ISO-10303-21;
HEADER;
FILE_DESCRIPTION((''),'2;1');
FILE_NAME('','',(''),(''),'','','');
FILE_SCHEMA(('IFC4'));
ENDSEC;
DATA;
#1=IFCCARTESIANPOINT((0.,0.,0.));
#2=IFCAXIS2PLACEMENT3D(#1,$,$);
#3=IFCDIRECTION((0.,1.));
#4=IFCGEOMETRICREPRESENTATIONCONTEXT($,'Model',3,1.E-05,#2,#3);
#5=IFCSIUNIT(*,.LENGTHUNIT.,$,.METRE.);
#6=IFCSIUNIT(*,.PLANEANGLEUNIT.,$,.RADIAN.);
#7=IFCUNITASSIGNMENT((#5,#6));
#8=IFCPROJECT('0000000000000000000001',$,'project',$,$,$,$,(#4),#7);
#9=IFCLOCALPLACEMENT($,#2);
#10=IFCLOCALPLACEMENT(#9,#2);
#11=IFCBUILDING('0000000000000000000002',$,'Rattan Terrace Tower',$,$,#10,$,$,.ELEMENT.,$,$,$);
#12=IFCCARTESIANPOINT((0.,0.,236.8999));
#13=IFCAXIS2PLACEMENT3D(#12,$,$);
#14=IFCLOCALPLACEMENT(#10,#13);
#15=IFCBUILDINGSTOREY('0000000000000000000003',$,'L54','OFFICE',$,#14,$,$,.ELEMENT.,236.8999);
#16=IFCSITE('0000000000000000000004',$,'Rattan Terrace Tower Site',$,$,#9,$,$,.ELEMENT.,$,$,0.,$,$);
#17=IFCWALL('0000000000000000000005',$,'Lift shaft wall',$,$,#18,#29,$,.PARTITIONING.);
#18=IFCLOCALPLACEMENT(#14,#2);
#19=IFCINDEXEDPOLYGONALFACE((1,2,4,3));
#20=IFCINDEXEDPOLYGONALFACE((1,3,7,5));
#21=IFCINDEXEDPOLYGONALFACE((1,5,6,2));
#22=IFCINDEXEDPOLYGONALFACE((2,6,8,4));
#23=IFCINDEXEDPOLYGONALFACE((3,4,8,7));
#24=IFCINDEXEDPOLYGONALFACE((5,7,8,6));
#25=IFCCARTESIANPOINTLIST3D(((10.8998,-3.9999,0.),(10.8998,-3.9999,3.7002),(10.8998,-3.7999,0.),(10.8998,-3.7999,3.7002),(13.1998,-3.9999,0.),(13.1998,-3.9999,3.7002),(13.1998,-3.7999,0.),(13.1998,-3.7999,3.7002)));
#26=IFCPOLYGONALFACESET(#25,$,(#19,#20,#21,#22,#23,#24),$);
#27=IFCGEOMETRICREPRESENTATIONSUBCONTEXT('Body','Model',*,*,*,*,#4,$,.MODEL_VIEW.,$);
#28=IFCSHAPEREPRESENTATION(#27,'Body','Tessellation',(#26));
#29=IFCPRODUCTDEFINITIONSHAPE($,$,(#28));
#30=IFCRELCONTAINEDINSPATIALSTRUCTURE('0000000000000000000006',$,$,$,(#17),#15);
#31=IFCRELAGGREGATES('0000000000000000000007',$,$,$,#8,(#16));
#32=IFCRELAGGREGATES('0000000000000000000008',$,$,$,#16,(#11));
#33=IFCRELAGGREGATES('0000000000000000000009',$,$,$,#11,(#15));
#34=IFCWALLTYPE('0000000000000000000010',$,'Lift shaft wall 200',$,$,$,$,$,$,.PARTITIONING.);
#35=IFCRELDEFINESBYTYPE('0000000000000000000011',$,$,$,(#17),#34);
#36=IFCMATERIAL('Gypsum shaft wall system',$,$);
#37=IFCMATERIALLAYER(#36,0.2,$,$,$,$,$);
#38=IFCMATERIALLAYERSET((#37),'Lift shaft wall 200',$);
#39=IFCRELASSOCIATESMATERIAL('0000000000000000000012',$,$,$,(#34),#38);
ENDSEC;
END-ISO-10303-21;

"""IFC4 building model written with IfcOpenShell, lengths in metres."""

from ifc_helpers import new_model, si_unit, direction, frame, frame_2d, origin, place, context, subcontext, project, spatial, rectangle, extrude, material, layer, layer_set, type_object, element, save


model = new_model("IFC4")

# Units and contexts
model_context = context("Model", 3, precision=1e-05, world=origin(), true_north=direction((0.0, 1.0)))
body_context = subcontext(model_context, "Body", "Model", "MODEL_VIEW")
ifc_project = project(units=[si_unit("LENGTHUNIT", "METRE"), si_unit("PLANEANGLEUNIT", "RADIAN")], contexts=[model_context])

# Site, building, storey
site_placement = place(None, origin())
site = spatial("IfcSite", under=ifc_project, at=site_placement, Name="Rattan Terrace Tower Site", CompositionType="ELEMENT", RefElevation=0.0)
building_placement = place(site_placement, origin())
building = spatial("IfcBuilding", under=site, at=building_placement, Name="Rattan Terrace Tower", CompositionType="ELEMENT")
storey_placement = place(building_placement, frame((0.0, 0.0, 236.8999)))
storey = spatial("IfcBuildingStorey", under=building, at=storey_placement, Name="L54", Description="OFFICE", CompositionType="ELEMENT", Elevation=236.8999)

# Shared definitions
ifc_material_1 = material(Name="Gypsum shaft wall system")
ifc_layer_1 = layer(ifc_material_1, 0.2)
ifc_layer_set_1 = layer_set([ifc_layer_1], Name="Lift shaft wall 200")
wall_type_1 = type_object("IfcWallType", Name="Lift shaft wall 200", PredefinedType="PARTITIONING", material=ifc_layer_set_1)

# Wall
wall_1_placement = place(storey_placement, frame((10.8999, -3.8999, 0.0), z_axis=(0.0, 0.0, 1.0), x_axis=(1.0, 0.0, 0.0)))
element("IfcWall", 1, at=wall_1_placement, inside=storey, type_object=wall_type_1, Name="Lift shaft wall", PredefinedType="PARTITIONING", context=body_context, shape_type="SweptSolid", body=[
    extrude(rectangle(XDim=2.3, YDim=0.2, at=frame_2d((1.1499, 0.0))), origin(), (0.0, 0.0, 1.0), 3.7002),
])

save(model, "model.ifc")
